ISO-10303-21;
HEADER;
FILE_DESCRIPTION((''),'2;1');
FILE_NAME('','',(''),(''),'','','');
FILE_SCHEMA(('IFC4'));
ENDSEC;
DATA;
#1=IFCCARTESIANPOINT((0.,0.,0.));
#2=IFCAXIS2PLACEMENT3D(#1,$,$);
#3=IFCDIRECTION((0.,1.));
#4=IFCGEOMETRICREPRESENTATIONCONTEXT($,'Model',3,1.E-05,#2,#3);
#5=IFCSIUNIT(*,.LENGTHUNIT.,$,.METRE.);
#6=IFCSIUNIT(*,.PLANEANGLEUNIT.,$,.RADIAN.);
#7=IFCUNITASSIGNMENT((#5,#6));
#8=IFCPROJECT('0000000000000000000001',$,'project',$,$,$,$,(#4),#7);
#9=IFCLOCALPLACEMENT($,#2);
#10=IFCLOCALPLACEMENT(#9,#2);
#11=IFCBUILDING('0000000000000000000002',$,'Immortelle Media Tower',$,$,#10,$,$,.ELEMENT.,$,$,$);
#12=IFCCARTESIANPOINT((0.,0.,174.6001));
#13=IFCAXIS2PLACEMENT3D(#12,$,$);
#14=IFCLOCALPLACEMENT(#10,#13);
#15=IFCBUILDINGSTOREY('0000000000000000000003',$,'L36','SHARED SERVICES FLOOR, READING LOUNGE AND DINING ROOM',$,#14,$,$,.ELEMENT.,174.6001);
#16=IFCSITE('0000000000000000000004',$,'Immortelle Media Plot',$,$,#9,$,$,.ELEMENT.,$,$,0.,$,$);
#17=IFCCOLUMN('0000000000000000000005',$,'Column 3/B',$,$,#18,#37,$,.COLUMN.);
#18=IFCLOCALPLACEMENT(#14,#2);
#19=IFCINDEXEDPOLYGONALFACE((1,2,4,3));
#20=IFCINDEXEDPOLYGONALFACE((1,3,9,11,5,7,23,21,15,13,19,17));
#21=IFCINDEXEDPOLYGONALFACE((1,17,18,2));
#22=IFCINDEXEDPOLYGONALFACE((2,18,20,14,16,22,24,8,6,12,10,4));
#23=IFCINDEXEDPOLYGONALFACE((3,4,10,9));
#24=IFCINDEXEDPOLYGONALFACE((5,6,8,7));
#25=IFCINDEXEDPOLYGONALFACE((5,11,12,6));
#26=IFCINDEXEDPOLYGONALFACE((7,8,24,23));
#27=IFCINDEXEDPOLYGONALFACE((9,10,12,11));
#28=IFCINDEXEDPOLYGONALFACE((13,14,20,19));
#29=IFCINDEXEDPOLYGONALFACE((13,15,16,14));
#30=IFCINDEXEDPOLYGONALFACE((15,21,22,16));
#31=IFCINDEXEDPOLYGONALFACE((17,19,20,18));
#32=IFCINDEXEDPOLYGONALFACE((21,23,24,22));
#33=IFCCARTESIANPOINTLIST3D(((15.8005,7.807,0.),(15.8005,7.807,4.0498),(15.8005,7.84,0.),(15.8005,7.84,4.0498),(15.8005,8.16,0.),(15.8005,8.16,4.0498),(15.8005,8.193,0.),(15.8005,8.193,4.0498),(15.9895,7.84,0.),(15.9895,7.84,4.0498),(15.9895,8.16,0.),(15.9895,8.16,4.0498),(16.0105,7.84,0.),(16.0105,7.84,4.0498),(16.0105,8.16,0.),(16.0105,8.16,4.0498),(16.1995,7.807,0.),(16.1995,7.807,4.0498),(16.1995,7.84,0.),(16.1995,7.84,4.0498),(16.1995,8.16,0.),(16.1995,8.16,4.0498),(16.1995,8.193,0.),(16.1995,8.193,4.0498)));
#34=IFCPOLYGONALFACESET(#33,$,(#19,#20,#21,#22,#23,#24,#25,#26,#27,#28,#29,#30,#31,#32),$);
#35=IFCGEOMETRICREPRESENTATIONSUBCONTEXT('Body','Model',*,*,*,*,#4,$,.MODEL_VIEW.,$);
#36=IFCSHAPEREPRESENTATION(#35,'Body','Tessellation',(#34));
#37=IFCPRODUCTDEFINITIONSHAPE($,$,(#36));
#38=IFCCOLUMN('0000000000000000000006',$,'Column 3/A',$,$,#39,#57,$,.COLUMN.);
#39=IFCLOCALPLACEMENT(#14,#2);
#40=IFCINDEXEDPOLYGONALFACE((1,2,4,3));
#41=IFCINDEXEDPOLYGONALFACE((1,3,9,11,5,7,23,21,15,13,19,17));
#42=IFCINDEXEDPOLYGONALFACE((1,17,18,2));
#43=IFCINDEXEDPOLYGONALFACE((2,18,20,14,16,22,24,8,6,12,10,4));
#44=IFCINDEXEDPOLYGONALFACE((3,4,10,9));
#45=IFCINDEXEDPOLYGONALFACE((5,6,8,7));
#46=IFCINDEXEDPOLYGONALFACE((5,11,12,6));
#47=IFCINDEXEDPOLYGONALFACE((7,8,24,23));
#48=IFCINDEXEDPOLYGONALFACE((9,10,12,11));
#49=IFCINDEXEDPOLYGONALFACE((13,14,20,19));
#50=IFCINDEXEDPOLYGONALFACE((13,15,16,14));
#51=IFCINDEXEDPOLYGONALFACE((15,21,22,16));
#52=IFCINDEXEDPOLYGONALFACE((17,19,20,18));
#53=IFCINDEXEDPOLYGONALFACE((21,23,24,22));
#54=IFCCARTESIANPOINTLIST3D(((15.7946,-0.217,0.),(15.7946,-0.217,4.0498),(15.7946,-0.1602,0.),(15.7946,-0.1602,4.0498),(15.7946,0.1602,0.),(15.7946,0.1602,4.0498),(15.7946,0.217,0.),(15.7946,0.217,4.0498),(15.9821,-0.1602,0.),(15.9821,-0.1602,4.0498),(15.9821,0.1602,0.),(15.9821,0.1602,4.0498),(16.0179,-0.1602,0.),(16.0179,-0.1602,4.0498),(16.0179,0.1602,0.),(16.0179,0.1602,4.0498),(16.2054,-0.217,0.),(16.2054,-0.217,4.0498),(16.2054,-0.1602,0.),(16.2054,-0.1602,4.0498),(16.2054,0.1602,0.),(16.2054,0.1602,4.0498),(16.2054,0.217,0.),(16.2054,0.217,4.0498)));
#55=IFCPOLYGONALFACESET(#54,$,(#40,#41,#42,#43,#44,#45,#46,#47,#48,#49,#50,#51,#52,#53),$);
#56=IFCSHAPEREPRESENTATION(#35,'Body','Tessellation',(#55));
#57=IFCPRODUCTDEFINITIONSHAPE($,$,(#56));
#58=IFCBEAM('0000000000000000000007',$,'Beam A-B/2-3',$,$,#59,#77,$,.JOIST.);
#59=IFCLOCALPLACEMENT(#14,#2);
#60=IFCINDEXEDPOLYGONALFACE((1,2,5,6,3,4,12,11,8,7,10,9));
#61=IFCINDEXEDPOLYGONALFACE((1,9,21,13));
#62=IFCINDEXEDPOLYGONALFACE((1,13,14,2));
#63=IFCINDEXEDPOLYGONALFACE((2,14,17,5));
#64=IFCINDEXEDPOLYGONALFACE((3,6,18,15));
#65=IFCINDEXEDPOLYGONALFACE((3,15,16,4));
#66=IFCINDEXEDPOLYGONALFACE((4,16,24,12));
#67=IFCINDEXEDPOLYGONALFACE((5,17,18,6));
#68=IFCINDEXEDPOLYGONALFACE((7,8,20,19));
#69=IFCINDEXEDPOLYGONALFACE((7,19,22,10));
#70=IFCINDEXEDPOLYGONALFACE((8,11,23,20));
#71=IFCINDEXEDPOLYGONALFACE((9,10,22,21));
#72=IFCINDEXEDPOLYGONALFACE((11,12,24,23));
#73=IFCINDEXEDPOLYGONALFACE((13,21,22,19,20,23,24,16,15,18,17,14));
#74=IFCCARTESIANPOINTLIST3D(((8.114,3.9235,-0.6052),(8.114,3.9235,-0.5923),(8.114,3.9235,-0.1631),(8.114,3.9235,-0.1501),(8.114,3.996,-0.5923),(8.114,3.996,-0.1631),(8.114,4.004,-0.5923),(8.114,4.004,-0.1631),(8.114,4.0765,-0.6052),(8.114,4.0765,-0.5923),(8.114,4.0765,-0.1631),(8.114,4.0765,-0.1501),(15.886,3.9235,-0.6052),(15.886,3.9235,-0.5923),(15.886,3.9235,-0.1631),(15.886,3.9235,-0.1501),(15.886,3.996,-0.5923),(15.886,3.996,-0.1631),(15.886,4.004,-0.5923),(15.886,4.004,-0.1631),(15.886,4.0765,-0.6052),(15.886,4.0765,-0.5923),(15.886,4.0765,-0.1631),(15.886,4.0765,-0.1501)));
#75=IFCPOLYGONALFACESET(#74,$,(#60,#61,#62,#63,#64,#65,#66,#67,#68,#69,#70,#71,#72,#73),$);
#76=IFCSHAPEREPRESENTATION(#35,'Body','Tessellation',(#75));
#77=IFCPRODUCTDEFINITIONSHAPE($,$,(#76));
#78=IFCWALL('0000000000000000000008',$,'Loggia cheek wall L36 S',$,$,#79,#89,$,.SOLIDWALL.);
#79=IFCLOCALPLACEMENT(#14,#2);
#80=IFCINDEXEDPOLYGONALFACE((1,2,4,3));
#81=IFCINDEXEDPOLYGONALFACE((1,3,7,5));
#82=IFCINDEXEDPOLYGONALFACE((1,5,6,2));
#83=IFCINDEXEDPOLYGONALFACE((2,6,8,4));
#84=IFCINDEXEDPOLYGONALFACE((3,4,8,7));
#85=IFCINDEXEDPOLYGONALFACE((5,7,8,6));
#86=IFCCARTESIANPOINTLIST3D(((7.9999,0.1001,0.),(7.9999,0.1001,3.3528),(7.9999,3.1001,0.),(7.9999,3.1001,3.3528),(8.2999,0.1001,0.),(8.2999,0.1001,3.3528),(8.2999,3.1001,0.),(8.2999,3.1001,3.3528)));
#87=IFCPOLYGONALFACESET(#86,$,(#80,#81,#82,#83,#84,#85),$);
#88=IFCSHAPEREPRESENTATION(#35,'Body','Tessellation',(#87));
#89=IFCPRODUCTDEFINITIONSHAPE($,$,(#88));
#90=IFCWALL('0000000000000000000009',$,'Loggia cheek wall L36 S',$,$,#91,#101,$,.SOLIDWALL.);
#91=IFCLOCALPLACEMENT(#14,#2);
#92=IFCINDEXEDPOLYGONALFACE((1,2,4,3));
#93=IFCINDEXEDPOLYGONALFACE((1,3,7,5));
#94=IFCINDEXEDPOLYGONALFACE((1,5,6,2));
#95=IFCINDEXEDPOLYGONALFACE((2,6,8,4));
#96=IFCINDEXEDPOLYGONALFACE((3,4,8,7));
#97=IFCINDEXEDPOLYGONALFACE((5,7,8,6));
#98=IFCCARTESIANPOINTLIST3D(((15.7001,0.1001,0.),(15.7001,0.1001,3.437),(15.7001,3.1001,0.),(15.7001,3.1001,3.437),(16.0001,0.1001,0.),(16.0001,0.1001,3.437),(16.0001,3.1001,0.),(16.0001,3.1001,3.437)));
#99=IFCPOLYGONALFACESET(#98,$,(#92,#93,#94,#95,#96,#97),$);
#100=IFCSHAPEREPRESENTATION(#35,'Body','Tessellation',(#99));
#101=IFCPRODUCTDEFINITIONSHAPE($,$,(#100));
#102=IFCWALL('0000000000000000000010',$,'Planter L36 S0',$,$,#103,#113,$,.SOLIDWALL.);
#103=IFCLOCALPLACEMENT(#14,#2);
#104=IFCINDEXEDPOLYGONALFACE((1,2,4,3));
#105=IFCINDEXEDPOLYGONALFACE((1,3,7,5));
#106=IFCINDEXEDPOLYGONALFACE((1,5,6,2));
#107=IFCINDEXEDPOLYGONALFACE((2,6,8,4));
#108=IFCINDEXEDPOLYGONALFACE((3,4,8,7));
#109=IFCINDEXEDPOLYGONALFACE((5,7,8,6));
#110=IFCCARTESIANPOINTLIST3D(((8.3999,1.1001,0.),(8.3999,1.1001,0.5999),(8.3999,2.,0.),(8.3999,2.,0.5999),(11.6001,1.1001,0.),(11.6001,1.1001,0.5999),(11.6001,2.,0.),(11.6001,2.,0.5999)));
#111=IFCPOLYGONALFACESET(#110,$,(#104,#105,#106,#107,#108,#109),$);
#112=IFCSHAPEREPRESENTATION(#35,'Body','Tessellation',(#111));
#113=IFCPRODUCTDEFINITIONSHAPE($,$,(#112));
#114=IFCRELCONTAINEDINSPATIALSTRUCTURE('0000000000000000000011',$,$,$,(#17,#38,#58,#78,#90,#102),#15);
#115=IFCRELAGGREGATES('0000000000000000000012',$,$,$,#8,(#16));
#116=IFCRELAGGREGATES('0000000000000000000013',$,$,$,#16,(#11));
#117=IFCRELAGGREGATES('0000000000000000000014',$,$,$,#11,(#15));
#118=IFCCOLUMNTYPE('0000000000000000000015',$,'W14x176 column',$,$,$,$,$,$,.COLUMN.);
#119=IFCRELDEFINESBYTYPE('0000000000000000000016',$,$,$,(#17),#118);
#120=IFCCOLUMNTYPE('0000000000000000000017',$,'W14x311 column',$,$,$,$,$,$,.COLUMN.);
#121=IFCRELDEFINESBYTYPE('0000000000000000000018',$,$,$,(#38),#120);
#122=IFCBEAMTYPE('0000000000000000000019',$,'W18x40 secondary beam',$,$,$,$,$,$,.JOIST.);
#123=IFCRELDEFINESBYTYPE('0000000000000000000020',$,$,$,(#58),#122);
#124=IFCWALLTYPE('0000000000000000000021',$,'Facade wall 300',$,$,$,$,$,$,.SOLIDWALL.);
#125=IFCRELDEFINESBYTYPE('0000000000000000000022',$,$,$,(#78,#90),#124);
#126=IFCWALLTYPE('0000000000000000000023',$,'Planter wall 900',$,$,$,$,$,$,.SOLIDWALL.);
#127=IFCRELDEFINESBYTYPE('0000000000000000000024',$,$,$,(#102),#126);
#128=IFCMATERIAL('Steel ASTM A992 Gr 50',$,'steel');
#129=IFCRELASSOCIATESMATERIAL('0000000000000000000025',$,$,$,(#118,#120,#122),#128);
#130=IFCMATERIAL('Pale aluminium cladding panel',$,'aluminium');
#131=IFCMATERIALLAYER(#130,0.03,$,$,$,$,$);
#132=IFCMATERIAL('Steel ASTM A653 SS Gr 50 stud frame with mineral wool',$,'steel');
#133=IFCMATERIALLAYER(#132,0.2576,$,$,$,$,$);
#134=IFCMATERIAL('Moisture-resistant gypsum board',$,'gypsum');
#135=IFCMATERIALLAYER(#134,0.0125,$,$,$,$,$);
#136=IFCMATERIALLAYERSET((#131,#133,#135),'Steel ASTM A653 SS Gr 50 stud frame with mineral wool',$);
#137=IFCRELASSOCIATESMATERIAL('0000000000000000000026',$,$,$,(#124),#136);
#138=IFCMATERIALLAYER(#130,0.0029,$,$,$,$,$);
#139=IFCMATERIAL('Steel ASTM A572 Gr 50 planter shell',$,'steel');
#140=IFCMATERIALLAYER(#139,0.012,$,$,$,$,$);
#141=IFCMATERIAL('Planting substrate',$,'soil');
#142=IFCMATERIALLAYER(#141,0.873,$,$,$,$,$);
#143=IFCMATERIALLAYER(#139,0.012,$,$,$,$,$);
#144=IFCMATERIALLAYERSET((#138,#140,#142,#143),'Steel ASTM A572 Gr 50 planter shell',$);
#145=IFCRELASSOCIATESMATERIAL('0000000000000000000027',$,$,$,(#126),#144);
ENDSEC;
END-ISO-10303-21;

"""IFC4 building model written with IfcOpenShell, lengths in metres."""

from ifc_helpers import new_model, si_unit, direction, frame, frame_2d, origin, origin_2d, place, context, subcontext, project, spatial, rectangle, i_section, extrude, material, layer, layer_set, material_profile, profile_set, type_object, element, save


model = new_model("IFC4")

# Units and contexts
model_context = context("Model", 3, precision=1e-05, world=origin(), true_north=direction((0.0, 1.0)))
body_context = subcontext(model_context, "Body", "Model", "MODEL_VIEW")
ifc_project = project(units=[si_unit("LENGTHUNIT", "METRE"), si_unit("PLANEANGLEUNIT", "RADIAN")], contexts=[model_context])

# Site, building, storey
site_placement = place(None, origin())
site = spatial("IfcSite", under=ifc_project, at=site_placement, Name="Immortelle Media Plot", CompositionType="ELEMENT", RefElevation=0.0)
building_placement = place(site_placement, origin())
building = spatial("IfcBuilding", under=site, at=building_placement, Name="Immortelle Media Tower", CompositionType="ELEMENT")
storey_placement = place(building_placement, frame((0.0, 0.0, 174.6001)))
storey = spatial("IfcBuildingStorey", under=building, at=storey_placement, Name="L36", Description="SHARED SERVICES FLOOR, READING LOUNGE AND DINING ROOM", CompositionType="ELEMENT", Elevation=174.6001)

# Columns
ifc_material_1 = material(Name="Steel ASTM A992 Gr 50", Category="steel")
ifc_material_profile_1 = material_profile(ifc_material_1, i_section(OverallWidth=0.3989, OverallDepth=0.386, WebThickness=0.021, FlangeThickness=0.033, at=origin_2d()), Name="W14x176")
ifc_profile_set_1 = profile_set([ifc_material_profile_1], Name="Steel ASTM A992 Gr 50")
column_type_1 = type_object("IfcColumnType", Name="W14x176 column", PredefinedType="COLUMN", material=ifc_profile_set_1)
column_1_placement = place(storey_placement, frame((16.0, 8.0, 0.0), z_axis=(0.0, 0.0, 1.0), x_axis=(1.0, 0.0, 0.0)))
element("IfcColumn", 1, at=column_1_placement, inside=storey, type_object=column_type_1, Name="Column 3/B", PredefinedType="COLUMN", context=body_context, shape_type="SweptSolid", body=[
    extrude(i_section(OverallWidth=0.3989, OverallDepth=0.386, WebThickness=0.021, FlangeThickness=0.033, at=origin_2d()), origin(), (0.0, 0.0, 1.0), 4.0498),
])
ifc_material_profile_2 = material_profile(ifc_material_1, i_section(OverallWidth=0.4109, OverallDepth=0.4341, WebThickness=0.0359, FlangeThickness=0.0569, at=origin_2d()), Name="W14x311")
ifc_profile_set_2 = profile_set([ifc_material_profile_2], Name="Steel ASTM A992 Gr 50")
column_type_2 = type_object("IfcColumnType", Name="W14x311 column", PredefinedType="COLUMN", material=ifc_profile_set_2)
column_2_placement = place(storey_placement, frame((16.0, 0.0, 0.0), z_axis=(0.0, 0.0, 1.0), x_axis=(1.0, 0.0, 0.0)))
element("IfcColumn", 2, at=column_2_placement, inside=storey, type_object=column_type_2, Name="Column 3/A", PredefinedType="COLUMN", context=body_context, shape_type="SweptSolid", body=[
    extrude(i_section(OverallWidth=0.4109, OverallDepth=0.4341, WebThickness=0.0359, FlangeThickness=0.0569, at=origin_2d()), origin(), (0.0, 0.0, 1.0), 4.0498),
])

# Beam
ifc_material_profile_3 = material_profile(ifc_material_1, i_section(OverallWidth=0.1531, OverallDepth=0.4551, WebThickness=0.0081, FlangeThickness=0.0129, at=origin_2d()), Name="W18x40")
ifc_profile_set_3 = profile_set([ifc_material_profile_3], Name="Steel ASTM A992 Gr 50")
beam_type = type_object("IfcBeamType", Name="W18x40 secondary beam", PredefinedType="JOIST", material=ifc_profile_set_3)
beam_placement = place(storey_placement, frame((8.114, 4.0, -0.3777), z_axis=(1.0, 0.0, 0.0), x_axis=(0.0, 1.0, 0.0)))
element("IfcBeam", 3, at=beam_placement, inside=storey, type_object=beam_type, Name="Beam A-B/2-3", PredefinedType="JOIST", context=body_context, shape_type="SweptSolid", body=[
    extrude(i_section(OverallWidth=0.1531, OverallDepth=0.4551, WebThickness=0.0081, FlangeThickness=0.0129, at=origin_2d()), origin(), (0.0, 0.0, 1.0), 7.772),
])

# Shared definitions
ifc_material_2 = material(Name="Pale aluminium cladding panel", Category="aluminium")
ifc_layer_1 = layer(ifc_material_2, 0.03)
ifc_material_3 = material(Name="Steel ASTM A653 SS Gr 50 stud frame with mineral wool", Category="steel")
ifc_layer_2 = layer(ifc_material_3, 0.2576)
ifc_material_4 = material(Name="Moisture-resistant gypsum board", Category="gypsum")
ifc_layer_3 = layer(ifc_material_4, 0.0125)
ifc_layer_set_1 = layer_set([ifc_layer_1, ifc_layer_2, ifc_layer_3], Name="Steel ASTM A653 SS Gr 50 stud frame with mineral wool")
wall_type_1 = type_object("IfcWallType", Name="Facade wall 300", PredefinedType="SOLIDWALL", material=ifc_layer_set_1)

# Walls
wall_1_placement = place(storey_placement, frame((8.1499, 0.1001, 0.0), z_axis=(0.0, 0.0, 1.0), x_axis=(0.0, 1.0, 0.0)))
element("IfcWall", 4, at=wall_1_placement, inside=storey, type_object=wall_type_1, Name="Loggia cheek wall L36 S", PredefinedType="SOLIDWALL", context=body_context, shape_type="SweptSolid", body=[
    extrude(rectangle(XDim=3.0, YDim=0.3, at=frame_2d((1.5, 0.0))), origin(), (0.0, 0.0, 1.0), 3.3528),
])
wall_2_placement = place(storey_placement, frame((15.8501, 0.1001, 0.0), z_axis=(0.0, 0.0, 1.0), x_axis=(0.0, 1.0, 0.0)))
element("IfcWall", 5, at=wall_2_placement, inside=storey, type_object=wall_type_1, Name="Loggia cheek wall L36 S", PredefinedType="SOLIDWALL", context=body_context, shape_type="SweptSolid", body=[
    extrude(rectangle(XDim=3.0, YDim=0.3, at=frame_2d((1.5, 0.0))), origin(), (0.0, 0.0, 1.0), 3.437),
])
ifc_layer_4 = layer(ifc_material_2, 0.0029)
ifc_material_5 = material(Name="Steel ASTM A572 Gr 50 planter shell", Category="steel")
ifc_layer_5 = layer(ifc_material_5, 0.012)
ifc_material_6 = material(Name="Planting substrate", Category="soil")
ifc_layer_6 = layer(ifc_material_6, 0.873)
ifc_layer_7 = layer(ifc_material_5, 0.012)
ifc_layer_set_2 = layer_set([ifc_layer_4, ifc_layer_5, ifc_layer_6, ifc_layer_7], Name="Steel ASTM A572 Gr 50 planter shell")
wall_type_2 = type_object("IfcWallType", Name="Planter wall 900", PredefinedType="SOLIDWALL", material=ifc_layer_set_2)
wall_3_placement = place(storey_placement, frame((8.3999, 1.55, 0.0), z_axis=(0.0, 0.0, 1.0), x_axis=(1.0, 0.0, 0.0)))
element("IfcWall", 6, at=wall_3_placement, inside=storey, type_object=wall_type_2, Name="Planter L36 S0", PredefinedType="SOLIDWALL", context=body_context, shape_type="SweptSolid", body=[
    extrude(rectangle(XDim=3.2002, YDim=0.8999, at=frame_2d((1.6001, 0.0))), origin(), (0.0, 0.0, 1.0), 0.5999),
])

save(model, "model.ifc")
